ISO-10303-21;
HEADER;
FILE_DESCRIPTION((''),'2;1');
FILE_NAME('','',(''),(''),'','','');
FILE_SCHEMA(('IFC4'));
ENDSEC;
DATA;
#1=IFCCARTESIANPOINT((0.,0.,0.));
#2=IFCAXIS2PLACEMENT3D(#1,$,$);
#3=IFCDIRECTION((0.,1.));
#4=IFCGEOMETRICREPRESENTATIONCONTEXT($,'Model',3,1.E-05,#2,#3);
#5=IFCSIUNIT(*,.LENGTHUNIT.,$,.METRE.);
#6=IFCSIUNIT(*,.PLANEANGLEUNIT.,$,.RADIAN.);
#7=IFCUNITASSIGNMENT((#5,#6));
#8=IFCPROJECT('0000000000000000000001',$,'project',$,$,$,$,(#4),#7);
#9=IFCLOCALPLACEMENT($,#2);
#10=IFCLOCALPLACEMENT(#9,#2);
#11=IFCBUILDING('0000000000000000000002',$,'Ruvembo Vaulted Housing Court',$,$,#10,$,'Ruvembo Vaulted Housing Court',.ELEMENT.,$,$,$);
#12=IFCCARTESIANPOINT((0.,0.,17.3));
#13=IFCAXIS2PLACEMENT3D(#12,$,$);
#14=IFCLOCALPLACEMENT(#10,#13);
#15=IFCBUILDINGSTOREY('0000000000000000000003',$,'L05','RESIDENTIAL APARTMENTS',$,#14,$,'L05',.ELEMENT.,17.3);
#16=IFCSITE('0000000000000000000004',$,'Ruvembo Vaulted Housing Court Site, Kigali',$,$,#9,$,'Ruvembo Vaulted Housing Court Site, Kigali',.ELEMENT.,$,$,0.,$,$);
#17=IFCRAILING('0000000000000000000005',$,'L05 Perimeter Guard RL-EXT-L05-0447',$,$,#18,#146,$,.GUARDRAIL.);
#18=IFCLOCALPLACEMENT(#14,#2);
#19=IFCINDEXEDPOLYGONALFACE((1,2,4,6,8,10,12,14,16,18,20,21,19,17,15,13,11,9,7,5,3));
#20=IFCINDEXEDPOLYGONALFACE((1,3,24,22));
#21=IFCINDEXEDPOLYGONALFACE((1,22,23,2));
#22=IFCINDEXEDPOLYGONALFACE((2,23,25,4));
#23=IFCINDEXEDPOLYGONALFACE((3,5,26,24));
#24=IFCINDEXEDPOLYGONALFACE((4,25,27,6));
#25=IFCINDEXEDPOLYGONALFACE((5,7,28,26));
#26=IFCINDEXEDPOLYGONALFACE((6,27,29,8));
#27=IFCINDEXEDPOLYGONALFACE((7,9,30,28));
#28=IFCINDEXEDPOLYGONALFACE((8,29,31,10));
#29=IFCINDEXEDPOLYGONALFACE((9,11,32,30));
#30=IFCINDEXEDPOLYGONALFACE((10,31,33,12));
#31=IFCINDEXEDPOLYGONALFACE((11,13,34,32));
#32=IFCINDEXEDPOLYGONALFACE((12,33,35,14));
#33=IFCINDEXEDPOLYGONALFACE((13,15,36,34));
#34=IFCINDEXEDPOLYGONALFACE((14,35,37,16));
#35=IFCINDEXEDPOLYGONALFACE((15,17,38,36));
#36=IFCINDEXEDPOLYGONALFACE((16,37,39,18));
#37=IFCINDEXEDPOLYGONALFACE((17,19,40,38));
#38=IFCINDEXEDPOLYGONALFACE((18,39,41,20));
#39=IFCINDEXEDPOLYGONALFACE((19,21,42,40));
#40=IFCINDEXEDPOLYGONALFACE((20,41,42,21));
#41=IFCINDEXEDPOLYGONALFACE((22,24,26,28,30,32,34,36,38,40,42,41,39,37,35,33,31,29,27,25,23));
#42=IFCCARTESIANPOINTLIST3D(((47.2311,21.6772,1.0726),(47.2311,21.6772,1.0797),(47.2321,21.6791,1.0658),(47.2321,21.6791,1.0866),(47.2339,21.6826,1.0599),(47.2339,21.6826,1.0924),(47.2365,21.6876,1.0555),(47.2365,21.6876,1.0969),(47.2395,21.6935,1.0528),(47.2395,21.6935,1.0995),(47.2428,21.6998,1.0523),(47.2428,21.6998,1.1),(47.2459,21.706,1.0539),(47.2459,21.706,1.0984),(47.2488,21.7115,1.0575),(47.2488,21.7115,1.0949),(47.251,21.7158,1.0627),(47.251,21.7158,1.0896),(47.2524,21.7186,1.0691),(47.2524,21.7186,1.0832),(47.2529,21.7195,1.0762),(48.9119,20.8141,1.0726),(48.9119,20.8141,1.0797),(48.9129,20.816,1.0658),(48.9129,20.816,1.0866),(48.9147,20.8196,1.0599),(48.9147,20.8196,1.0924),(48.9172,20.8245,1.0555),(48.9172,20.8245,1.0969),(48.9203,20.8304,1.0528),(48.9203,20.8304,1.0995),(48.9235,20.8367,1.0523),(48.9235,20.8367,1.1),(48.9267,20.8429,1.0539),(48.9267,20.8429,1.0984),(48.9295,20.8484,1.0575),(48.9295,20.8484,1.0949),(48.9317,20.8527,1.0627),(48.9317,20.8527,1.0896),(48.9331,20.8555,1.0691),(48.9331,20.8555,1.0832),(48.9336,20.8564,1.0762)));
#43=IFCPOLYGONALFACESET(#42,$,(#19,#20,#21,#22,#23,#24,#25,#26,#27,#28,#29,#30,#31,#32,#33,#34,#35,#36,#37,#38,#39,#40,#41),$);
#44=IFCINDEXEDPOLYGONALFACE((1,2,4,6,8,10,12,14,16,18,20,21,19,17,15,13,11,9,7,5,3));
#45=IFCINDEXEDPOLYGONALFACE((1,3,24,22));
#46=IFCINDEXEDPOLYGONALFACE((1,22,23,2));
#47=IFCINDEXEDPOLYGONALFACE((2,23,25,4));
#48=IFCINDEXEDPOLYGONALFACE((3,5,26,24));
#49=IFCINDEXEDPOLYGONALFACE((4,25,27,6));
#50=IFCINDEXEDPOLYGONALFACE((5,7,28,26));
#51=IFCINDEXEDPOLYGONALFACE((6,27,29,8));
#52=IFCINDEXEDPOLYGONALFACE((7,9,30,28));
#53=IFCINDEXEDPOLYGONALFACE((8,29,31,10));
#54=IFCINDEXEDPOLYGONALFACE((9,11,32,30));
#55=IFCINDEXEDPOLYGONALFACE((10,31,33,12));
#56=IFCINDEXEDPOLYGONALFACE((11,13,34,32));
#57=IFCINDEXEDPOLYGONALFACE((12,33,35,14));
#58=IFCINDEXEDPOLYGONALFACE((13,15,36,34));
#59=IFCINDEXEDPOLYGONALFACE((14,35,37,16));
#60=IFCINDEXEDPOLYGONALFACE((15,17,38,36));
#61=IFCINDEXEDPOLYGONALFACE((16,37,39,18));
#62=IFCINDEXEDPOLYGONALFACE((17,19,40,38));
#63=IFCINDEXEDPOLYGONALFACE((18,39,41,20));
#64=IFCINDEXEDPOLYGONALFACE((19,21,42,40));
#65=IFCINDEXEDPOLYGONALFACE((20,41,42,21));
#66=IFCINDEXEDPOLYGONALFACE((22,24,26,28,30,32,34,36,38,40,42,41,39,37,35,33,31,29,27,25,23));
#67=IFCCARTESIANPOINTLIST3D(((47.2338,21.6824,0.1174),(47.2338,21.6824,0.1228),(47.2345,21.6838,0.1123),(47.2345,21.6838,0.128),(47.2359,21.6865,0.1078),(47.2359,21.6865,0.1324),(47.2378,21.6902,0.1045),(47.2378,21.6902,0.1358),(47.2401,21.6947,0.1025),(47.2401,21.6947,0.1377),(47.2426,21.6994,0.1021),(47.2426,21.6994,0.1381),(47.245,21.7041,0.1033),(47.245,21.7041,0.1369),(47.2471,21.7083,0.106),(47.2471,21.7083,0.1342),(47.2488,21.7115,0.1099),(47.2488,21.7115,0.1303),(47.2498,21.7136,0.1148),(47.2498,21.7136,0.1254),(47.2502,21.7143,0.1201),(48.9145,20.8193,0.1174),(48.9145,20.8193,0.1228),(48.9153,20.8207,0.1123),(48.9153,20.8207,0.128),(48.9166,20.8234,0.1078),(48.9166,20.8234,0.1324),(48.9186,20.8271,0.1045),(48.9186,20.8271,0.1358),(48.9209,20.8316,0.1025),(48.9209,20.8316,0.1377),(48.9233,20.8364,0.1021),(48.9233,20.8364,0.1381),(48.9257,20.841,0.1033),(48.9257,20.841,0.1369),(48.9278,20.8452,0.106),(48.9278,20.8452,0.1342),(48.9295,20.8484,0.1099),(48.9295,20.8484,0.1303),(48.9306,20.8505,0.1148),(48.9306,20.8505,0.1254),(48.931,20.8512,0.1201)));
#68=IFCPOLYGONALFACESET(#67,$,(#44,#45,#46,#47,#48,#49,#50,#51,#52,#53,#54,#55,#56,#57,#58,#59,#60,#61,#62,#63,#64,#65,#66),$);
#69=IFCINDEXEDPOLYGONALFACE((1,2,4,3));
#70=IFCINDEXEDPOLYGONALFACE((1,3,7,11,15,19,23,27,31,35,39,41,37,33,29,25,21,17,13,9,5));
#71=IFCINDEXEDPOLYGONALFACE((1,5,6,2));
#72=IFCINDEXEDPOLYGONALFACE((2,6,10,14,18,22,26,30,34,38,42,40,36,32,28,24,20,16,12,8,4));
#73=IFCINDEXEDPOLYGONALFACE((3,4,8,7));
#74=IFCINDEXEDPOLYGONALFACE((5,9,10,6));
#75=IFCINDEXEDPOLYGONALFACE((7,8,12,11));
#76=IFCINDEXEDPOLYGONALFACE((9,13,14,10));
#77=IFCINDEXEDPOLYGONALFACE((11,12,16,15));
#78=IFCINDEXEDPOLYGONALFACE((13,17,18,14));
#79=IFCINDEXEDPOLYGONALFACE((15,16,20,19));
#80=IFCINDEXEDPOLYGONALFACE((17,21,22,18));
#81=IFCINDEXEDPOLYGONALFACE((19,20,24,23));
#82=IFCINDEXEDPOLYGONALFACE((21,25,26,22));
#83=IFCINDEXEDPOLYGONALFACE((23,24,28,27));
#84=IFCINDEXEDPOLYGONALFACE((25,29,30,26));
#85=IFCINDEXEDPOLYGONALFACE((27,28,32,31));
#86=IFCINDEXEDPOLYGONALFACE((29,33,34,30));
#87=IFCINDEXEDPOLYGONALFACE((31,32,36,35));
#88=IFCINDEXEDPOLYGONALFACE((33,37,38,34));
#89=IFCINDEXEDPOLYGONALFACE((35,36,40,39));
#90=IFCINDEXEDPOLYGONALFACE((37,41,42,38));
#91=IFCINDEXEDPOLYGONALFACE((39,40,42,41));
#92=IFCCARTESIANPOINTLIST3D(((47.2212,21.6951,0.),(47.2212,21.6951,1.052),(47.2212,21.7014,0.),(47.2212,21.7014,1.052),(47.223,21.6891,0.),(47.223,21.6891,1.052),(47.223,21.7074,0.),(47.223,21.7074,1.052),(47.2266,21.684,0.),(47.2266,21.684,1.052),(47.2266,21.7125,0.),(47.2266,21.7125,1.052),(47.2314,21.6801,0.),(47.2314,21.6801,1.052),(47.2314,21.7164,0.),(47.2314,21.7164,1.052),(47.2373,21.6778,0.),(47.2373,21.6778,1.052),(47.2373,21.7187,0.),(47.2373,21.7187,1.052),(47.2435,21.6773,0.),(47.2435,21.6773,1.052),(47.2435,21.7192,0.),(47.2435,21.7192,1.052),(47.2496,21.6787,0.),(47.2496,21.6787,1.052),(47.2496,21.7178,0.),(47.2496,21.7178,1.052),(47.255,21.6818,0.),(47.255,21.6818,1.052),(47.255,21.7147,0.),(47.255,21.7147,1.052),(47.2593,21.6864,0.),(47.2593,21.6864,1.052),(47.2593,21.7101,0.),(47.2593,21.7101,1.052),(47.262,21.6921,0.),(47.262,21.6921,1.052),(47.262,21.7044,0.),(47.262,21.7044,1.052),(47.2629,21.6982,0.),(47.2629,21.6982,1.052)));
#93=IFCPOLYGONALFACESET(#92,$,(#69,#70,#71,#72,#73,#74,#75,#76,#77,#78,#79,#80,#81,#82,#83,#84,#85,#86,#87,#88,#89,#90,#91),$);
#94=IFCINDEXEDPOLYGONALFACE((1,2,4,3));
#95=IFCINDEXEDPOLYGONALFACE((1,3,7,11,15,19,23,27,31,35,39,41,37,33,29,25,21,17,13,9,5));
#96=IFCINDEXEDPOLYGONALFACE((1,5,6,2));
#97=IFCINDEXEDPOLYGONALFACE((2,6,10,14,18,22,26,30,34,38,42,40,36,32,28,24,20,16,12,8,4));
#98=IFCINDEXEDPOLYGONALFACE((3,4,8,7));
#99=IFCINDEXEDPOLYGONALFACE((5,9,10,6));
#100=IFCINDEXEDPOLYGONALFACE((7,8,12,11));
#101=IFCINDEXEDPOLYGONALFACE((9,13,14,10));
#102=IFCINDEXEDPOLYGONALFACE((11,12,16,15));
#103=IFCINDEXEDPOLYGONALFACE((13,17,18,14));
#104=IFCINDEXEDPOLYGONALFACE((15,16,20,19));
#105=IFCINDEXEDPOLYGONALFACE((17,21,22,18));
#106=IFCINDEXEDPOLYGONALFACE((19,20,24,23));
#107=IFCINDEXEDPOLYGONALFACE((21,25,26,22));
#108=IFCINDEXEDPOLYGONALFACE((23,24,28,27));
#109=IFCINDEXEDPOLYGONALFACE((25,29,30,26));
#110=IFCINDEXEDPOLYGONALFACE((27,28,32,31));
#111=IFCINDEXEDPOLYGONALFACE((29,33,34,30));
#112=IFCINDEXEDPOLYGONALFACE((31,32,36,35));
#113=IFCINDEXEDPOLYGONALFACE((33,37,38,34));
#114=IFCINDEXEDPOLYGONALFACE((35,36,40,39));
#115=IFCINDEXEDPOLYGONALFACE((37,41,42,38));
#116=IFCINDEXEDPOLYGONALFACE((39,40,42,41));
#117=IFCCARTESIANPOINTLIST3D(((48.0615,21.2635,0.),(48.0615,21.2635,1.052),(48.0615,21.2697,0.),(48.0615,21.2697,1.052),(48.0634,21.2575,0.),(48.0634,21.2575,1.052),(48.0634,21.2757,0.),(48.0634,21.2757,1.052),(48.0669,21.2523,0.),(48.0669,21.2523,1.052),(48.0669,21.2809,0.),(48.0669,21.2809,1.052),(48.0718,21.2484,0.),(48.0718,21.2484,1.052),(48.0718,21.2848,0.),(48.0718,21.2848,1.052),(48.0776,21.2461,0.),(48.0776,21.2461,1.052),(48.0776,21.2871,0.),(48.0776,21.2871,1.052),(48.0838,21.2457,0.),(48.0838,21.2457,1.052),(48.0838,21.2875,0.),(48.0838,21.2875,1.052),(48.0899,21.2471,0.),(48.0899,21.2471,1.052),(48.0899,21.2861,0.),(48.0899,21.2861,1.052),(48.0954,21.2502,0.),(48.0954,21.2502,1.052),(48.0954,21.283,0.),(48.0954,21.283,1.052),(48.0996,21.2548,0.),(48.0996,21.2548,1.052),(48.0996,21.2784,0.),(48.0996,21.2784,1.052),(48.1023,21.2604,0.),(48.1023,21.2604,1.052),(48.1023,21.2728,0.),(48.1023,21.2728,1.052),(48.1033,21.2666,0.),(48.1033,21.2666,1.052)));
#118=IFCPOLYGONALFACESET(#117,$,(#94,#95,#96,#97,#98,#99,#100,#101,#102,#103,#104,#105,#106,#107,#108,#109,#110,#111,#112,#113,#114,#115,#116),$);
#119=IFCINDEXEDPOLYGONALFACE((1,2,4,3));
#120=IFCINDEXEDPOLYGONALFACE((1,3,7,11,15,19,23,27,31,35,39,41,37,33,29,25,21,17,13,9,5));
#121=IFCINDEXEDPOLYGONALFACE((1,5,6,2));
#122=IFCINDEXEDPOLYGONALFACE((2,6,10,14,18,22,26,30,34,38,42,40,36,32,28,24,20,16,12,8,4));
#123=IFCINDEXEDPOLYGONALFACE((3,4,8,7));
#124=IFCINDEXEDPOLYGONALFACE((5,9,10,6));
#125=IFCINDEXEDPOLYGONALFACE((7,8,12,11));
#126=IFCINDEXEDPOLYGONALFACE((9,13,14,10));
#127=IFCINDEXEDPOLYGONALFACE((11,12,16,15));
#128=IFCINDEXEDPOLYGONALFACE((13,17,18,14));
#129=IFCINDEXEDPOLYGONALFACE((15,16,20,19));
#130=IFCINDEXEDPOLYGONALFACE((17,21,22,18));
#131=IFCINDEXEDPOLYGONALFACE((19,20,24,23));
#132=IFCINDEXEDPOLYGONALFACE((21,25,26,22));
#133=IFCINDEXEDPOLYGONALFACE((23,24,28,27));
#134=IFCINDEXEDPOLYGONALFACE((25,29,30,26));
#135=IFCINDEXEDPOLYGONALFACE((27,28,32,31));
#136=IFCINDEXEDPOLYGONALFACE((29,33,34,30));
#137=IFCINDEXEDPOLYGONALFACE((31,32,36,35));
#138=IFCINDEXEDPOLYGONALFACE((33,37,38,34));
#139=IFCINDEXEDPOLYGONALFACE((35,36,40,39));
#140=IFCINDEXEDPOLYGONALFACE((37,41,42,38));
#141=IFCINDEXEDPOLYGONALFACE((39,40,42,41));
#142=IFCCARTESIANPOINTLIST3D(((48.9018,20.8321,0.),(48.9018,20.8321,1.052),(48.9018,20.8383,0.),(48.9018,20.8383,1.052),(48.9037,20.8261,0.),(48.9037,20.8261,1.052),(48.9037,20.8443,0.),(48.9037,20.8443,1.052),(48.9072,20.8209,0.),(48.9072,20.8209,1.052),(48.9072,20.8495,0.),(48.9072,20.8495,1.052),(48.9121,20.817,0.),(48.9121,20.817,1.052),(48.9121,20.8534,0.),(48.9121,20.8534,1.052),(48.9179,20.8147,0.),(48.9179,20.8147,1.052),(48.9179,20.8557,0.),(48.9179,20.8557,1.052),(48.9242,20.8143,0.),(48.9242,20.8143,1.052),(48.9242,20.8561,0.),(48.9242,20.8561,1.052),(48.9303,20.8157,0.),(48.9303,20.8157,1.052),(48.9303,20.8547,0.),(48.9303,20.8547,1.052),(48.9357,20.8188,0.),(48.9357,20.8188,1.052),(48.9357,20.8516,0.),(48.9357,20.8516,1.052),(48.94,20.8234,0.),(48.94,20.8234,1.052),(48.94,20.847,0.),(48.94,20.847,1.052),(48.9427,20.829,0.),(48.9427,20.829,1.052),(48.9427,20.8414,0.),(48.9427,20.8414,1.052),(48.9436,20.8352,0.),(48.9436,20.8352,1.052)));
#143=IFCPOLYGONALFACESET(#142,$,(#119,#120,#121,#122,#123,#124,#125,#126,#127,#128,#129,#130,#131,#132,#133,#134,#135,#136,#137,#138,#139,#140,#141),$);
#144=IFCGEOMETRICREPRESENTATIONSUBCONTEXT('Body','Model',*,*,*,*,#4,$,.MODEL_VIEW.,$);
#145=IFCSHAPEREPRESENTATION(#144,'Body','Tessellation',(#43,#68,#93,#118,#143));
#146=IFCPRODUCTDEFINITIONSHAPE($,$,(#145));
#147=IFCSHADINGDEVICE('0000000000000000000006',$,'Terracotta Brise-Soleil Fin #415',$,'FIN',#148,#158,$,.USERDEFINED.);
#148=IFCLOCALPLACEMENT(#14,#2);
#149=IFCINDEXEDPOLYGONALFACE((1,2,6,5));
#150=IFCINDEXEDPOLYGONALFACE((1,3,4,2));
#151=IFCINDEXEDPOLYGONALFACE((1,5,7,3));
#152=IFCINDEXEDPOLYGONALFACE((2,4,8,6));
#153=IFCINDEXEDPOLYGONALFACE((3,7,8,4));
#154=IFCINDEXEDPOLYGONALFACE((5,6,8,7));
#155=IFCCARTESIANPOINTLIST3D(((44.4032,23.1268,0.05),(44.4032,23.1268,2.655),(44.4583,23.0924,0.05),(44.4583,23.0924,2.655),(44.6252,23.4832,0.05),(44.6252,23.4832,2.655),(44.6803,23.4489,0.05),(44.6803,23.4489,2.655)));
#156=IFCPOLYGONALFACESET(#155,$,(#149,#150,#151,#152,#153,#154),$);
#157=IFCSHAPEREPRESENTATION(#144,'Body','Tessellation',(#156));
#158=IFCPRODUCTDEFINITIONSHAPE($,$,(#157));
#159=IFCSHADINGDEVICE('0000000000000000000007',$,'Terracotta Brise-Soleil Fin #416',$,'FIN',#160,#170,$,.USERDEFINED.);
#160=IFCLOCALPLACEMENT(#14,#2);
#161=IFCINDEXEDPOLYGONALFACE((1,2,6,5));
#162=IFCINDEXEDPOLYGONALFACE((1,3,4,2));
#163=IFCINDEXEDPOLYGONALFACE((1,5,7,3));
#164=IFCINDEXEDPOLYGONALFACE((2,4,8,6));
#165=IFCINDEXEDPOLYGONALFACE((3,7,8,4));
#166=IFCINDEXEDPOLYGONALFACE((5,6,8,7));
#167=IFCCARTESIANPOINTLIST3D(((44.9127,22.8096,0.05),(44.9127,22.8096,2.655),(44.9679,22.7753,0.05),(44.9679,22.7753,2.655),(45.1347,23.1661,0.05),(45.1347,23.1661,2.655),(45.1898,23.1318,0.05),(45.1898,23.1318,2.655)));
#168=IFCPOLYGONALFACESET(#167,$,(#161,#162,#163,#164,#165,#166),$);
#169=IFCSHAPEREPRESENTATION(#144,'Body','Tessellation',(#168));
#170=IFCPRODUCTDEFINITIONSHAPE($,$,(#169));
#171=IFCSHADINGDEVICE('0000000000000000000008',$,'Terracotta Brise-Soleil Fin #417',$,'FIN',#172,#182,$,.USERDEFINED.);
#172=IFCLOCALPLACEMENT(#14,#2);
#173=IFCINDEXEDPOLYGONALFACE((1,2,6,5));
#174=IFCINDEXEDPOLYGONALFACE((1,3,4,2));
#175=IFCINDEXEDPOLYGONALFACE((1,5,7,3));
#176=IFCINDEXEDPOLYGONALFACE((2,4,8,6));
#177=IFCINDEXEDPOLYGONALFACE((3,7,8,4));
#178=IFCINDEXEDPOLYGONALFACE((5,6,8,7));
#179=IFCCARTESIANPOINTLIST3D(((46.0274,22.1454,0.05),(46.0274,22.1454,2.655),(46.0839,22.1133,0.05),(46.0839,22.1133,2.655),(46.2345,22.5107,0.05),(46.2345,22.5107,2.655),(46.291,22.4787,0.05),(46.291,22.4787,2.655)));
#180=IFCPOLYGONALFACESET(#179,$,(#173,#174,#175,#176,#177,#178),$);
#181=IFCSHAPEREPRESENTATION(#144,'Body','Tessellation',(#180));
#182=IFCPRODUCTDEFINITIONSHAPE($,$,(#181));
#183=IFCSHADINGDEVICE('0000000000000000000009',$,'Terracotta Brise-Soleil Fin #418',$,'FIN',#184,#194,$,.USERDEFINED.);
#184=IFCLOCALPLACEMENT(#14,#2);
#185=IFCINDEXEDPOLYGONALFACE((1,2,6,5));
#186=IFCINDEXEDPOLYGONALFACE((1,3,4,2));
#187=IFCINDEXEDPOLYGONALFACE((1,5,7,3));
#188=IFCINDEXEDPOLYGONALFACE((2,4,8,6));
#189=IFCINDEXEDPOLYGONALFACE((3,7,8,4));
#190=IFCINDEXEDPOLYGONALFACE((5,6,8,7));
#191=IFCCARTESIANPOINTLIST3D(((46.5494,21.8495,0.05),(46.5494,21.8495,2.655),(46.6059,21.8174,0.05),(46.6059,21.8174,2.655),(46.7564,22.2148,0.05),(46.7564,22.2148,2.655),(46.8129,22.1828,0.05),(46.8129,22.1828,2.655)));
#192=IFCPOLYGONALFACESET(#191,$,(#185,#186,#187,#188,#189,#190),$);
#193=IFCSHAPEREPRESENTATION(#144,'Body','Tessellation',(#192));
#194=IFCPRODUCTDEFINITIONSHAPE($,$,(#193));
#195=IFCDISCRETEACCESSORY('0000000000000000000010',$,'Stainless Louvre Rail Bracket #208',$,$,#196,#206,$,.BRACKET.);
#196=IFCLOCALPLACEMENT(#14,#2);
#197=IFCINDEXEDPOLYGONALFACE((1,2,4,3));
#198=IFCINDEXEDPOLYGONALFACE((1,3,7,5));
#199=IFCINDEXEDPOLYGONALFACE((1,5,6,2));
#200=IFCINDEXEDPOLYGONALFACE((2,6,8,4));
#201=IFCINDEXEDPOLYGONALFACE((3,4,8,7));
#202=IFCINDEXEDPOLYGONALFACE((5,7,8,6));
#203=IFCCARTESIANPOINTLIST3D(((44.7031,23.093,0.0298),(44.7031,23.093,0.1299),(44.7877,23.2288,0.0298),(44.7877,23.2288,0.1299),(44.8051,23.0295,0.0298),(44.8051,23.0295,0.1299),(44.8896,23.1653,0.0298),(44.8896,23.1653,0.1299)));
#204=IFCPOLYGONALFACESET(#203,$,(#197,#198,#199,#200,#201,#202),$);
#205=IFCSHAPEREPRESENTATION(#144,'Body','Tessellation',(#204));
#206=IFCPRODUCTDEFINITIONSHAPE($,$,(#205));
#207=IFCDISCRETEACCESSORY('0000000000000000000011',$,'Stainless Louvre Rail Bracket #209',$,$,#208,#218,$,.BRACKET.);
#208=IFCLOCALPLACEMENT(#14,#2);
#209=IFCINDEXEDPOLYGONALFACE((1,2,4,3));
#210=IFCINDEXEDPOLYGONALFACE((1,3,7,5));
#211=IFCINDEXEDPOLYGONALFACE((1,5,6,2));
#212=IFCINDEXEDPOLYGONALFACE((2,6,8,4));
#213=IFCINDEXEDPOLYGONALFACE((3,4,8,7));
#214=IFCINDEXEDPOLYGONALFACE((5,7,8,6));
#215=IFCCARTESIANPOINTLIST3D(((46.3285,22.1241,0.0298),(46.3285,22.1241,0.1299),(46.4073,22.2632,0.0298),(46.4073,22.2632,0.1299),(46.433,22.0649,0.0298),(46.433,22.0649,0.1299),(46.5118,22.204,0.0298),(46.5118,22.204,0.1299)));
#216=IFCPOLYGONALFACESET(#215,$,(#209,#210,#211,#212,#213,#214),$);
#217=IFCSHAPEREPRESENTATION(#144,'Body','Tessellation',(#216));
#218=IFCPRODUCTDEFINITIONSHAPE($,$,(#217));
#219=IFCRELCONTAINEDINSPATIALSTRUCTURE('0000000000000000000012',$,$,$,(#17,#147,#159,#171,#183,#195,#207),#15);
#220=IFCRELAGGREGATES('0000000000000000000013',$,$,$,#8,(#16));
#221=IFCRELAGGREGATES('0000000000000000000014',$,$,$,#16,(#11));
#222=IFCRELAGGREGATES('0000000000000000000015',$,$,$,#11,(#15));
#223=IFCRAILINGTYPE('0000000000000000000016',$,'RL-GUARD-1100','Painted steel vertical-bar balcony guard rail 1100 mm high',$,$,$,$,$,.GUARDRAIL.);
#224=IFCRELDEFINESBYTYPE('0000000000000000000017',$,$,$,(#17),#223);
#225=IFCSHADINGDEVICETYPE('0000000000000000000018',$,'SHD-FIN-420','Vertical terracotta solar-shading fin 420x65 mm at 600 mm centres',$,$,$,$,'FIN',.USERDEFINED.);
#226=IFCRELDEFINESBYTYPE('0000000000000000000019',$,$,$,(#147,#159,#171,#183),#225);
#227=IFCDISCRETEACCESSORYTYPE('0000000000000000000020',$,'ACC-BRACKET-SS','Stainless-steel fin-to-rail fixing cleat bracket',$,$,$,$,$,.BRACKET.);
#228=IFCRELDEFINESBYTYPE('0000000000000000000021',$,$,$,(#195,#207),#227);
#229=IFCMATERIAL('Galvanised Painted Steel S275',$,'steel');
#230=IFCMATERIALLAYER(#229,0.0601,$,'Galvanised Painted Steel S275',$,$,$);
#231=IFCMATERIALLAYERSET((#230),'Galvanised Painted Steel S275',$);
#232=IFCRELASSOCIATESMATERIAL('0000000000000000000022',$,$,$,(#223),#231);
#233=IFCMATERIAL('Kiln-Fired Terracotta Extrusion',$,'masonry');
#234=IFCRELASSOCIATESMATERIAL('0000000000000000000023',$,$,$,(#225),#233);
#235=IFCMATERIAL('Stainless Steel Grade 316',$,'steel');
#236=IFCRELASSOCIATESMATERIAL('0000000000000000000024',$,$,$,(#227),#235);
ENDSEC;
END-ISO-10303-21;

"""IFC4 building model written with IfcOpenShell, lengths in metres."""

from ifc_helpers import new_model, si_unit, direction, frame, origin, origin_2d, place, context, subcontext, project, spatial, rectangle, circle, extrude, material, layer, layer_set, type_object, element, save


model = new_model("IFC4")

# Units and contexts
model_context = context("Model", 3, precision=1e-05, world=origin(), true_north=direction((0.0, 1.0)))
body_context = subcontext(model_context, "Body", "Model", "MODEL_VIEW")
ifc_project = project(units=[si_unit("LENGTHUNIT", "METRE"), si_unit("PLANEANGLEUNIT", "RADIAN")], contexts=[model_context])

# Site, building, storey
site_placement = place(None, origin())
site = spatial("IfcSite", under=ifc_project, at=site_placement, Name="Ruvembo Vaulted Housing Court Site, Kigali", LongName="Ruvembo Vaulted Housing Court Site, Kigali", CompositionType="ELEMENT", RefElevation=0.0)
building_placement = place(site_placement, origin())
building = spatial("IfcBuilding", under=site, at=building_placement, Name="Ruvembo Vaulted Housing Court", LongName="Ruvembo Vaulted Housing Court", CompositionType="ELEMENT")
storey_placement = place(building_placement, frame((0.0, 0.0, 17.3)))
storey = spatial("IfcBuildingStorey", under=building, at=storey_placement, Name="L05", Description="RESIDENTIAL APARTMENTS", LongName="L05", CompositionType="ELEMENT", Elevation=17.3)

# Railing
ifc_material_1 = material(Name="Galvanised Painted Steel S275", Category="steel")
ifc_layer = layer(ifc_material_1, 0.0601, Name="Galvanised Painted Steel S275")
ifc_layer_set = layer_set([ifc_layer], Name="Galvanised Painted Steel S275")
railing_type = type_object("IfcRailingType", Name="RL-GUARD-1100", Description="Painted steel vertical-bar balcony guard rail 1100 mm high", PredefinedType="GUARDRAIL", material=ifc_layer_set)
railing_1_placement = place(storey_placement, frame((47.2419, 21.6982, 0.0)))
element("IfcRailing", 1, at=railing_1_placement, inside=storey, type_object=railing_type, Name="L05 Perimeter Guard RL-EXT-L05-0447", PredefinedType="GUARDRAIL", context=body_context, shape_type="SweptSolid", body=[
    extrude(circle(Radius=0.0239, at=origin_2d()), frame((0.0, 0.0, 1.0762), z_axis=(0.889568, -0.456802, 0.0), x_axis=(0.456802, 0.889568, 0.0)), (0.0, 0.0, 1.0), 1.8894),
    extrude(circle(Radius=0.0181, at=origin_2d()), frame((0.0, 0.0, 0.1201), z_axis=(0.889568, -0.456802, 0.0), x_axis=(0.456802, 0.889568, 0.0)), (0.0, 0.0, 1.0), 1.8894),
    extrude(circle(Radius=0.021, at=origin_2d()), origin(), (0.0, 0.0, 1.0), 1.052),
    extrude(circle(Radius=0.021, at=origin_2d()), frame((0.8403, -0.4316, 0.0)), (0.0, 0.0, 1.0), 1.052),
    extrude(circle(Radius=0.021, at=origin_2d()), frame((1.6807, -0.863, 0.0)), (0.0, 0.0, 1.0), 1.052),
])

# Shading devices
ifc_material_2 = material(Name="Kiln-Fired Terracotta Extrusion", Category="masonry")
shading_device_type = type_object("IfcShadingDeviceType", Name="SHD-FIN-420", Description="Vertical terracotta solar-shading fin 420x65 mm at 600 mm centres", ElementType="FIN", PredefinedType="USERDEFINED", material=ifc_material_2)
for number, where, z_axis, x_axis, name in (
    (2, (44.5417, 23.2878, 0.05), (0.0, 0.0, 1.0), (-0.528557, -0.848898, 0.0), "Terracotta Brise-Soleil Fin #415"),
    (3, (45.0513, 22.9707, 0.05), (0.0, 0.0, 1.0), (-0.528557, -0.848898, 0.0), "Terracotta Brise-Soleil Fin #416"),
    (4, (46.1592, 22.312, 0.05), (0.0, 0.0, 1.0), (-0.493107, -0.869969, 0.0), "Terracotta Brise-Soleil Fin #417"),
    (5, (46.6812, 22.0161, 0.05), (0.0, 0.0, 1.0), (-0.493107, -0.869969, 0.0), "Terracotta Brise-Soleil Fin #418"),
):
    element("IfcShadingDevice", number, at=place(storey_placement, frame(where, z_axis=z_axis, x_axis=x_axis)), inside=storey, type_object=shading_device_type, Name=name, ObjectType="FIN", PredefinedType="USERDEFINED", context=body_context, shape_type="SweptSolid", body=[
        extrude(rectangle(XDim=0.4199, YDim=0.0649, at=origin_2d()), origin(), (0.0, 0.0, 1.0), 2.605),
    ])

# Discrete accessories
ifc_material_3 = material(Name="Stainless Steel Grade 316", Category="steel")
discrete_accessory_type = type_object("IfcDiscreteAccessoryType", Name="ACC-BRACKET-SS", Description="Stainless-steel fin-to-rail fixing cleat bracket", PredefinedType="BRACKET", material=ifc_material_3)
for number, where, z_axis, x_axis, name in (
    (6, (44.7964, 23.1292, 0.0298), (0.0, 0.0, 1.0), (-0.528557, -0.848898, 0.0), "Stainless Louvre Rail Bracket #208"),
    (7, (46.4202, 22.1641, 0.0298), (0.0, 0.0, 1.0), (-0.493107, -0.869969, 0.0), "Stainless Louvre Rail Bracket #209"),
):
    element("IfcDiscreteAccessory", number, at=place(storey_placement, frame(where, z_axis=z_axis, x_axis=x_axis)), inside=storey, type_object=discrete_accessory_type, Name=name, PredefinedType="BRACKET", context=body_context, shape_type="SweptSolid", body=[
        extrude(rectangle(XDim=0.1599, YDim=0.1201, at=origin_2d()), origin(), (0.0, 0.0, 1.0), 0.1001),
    ])

save(model, "model.ifc")
